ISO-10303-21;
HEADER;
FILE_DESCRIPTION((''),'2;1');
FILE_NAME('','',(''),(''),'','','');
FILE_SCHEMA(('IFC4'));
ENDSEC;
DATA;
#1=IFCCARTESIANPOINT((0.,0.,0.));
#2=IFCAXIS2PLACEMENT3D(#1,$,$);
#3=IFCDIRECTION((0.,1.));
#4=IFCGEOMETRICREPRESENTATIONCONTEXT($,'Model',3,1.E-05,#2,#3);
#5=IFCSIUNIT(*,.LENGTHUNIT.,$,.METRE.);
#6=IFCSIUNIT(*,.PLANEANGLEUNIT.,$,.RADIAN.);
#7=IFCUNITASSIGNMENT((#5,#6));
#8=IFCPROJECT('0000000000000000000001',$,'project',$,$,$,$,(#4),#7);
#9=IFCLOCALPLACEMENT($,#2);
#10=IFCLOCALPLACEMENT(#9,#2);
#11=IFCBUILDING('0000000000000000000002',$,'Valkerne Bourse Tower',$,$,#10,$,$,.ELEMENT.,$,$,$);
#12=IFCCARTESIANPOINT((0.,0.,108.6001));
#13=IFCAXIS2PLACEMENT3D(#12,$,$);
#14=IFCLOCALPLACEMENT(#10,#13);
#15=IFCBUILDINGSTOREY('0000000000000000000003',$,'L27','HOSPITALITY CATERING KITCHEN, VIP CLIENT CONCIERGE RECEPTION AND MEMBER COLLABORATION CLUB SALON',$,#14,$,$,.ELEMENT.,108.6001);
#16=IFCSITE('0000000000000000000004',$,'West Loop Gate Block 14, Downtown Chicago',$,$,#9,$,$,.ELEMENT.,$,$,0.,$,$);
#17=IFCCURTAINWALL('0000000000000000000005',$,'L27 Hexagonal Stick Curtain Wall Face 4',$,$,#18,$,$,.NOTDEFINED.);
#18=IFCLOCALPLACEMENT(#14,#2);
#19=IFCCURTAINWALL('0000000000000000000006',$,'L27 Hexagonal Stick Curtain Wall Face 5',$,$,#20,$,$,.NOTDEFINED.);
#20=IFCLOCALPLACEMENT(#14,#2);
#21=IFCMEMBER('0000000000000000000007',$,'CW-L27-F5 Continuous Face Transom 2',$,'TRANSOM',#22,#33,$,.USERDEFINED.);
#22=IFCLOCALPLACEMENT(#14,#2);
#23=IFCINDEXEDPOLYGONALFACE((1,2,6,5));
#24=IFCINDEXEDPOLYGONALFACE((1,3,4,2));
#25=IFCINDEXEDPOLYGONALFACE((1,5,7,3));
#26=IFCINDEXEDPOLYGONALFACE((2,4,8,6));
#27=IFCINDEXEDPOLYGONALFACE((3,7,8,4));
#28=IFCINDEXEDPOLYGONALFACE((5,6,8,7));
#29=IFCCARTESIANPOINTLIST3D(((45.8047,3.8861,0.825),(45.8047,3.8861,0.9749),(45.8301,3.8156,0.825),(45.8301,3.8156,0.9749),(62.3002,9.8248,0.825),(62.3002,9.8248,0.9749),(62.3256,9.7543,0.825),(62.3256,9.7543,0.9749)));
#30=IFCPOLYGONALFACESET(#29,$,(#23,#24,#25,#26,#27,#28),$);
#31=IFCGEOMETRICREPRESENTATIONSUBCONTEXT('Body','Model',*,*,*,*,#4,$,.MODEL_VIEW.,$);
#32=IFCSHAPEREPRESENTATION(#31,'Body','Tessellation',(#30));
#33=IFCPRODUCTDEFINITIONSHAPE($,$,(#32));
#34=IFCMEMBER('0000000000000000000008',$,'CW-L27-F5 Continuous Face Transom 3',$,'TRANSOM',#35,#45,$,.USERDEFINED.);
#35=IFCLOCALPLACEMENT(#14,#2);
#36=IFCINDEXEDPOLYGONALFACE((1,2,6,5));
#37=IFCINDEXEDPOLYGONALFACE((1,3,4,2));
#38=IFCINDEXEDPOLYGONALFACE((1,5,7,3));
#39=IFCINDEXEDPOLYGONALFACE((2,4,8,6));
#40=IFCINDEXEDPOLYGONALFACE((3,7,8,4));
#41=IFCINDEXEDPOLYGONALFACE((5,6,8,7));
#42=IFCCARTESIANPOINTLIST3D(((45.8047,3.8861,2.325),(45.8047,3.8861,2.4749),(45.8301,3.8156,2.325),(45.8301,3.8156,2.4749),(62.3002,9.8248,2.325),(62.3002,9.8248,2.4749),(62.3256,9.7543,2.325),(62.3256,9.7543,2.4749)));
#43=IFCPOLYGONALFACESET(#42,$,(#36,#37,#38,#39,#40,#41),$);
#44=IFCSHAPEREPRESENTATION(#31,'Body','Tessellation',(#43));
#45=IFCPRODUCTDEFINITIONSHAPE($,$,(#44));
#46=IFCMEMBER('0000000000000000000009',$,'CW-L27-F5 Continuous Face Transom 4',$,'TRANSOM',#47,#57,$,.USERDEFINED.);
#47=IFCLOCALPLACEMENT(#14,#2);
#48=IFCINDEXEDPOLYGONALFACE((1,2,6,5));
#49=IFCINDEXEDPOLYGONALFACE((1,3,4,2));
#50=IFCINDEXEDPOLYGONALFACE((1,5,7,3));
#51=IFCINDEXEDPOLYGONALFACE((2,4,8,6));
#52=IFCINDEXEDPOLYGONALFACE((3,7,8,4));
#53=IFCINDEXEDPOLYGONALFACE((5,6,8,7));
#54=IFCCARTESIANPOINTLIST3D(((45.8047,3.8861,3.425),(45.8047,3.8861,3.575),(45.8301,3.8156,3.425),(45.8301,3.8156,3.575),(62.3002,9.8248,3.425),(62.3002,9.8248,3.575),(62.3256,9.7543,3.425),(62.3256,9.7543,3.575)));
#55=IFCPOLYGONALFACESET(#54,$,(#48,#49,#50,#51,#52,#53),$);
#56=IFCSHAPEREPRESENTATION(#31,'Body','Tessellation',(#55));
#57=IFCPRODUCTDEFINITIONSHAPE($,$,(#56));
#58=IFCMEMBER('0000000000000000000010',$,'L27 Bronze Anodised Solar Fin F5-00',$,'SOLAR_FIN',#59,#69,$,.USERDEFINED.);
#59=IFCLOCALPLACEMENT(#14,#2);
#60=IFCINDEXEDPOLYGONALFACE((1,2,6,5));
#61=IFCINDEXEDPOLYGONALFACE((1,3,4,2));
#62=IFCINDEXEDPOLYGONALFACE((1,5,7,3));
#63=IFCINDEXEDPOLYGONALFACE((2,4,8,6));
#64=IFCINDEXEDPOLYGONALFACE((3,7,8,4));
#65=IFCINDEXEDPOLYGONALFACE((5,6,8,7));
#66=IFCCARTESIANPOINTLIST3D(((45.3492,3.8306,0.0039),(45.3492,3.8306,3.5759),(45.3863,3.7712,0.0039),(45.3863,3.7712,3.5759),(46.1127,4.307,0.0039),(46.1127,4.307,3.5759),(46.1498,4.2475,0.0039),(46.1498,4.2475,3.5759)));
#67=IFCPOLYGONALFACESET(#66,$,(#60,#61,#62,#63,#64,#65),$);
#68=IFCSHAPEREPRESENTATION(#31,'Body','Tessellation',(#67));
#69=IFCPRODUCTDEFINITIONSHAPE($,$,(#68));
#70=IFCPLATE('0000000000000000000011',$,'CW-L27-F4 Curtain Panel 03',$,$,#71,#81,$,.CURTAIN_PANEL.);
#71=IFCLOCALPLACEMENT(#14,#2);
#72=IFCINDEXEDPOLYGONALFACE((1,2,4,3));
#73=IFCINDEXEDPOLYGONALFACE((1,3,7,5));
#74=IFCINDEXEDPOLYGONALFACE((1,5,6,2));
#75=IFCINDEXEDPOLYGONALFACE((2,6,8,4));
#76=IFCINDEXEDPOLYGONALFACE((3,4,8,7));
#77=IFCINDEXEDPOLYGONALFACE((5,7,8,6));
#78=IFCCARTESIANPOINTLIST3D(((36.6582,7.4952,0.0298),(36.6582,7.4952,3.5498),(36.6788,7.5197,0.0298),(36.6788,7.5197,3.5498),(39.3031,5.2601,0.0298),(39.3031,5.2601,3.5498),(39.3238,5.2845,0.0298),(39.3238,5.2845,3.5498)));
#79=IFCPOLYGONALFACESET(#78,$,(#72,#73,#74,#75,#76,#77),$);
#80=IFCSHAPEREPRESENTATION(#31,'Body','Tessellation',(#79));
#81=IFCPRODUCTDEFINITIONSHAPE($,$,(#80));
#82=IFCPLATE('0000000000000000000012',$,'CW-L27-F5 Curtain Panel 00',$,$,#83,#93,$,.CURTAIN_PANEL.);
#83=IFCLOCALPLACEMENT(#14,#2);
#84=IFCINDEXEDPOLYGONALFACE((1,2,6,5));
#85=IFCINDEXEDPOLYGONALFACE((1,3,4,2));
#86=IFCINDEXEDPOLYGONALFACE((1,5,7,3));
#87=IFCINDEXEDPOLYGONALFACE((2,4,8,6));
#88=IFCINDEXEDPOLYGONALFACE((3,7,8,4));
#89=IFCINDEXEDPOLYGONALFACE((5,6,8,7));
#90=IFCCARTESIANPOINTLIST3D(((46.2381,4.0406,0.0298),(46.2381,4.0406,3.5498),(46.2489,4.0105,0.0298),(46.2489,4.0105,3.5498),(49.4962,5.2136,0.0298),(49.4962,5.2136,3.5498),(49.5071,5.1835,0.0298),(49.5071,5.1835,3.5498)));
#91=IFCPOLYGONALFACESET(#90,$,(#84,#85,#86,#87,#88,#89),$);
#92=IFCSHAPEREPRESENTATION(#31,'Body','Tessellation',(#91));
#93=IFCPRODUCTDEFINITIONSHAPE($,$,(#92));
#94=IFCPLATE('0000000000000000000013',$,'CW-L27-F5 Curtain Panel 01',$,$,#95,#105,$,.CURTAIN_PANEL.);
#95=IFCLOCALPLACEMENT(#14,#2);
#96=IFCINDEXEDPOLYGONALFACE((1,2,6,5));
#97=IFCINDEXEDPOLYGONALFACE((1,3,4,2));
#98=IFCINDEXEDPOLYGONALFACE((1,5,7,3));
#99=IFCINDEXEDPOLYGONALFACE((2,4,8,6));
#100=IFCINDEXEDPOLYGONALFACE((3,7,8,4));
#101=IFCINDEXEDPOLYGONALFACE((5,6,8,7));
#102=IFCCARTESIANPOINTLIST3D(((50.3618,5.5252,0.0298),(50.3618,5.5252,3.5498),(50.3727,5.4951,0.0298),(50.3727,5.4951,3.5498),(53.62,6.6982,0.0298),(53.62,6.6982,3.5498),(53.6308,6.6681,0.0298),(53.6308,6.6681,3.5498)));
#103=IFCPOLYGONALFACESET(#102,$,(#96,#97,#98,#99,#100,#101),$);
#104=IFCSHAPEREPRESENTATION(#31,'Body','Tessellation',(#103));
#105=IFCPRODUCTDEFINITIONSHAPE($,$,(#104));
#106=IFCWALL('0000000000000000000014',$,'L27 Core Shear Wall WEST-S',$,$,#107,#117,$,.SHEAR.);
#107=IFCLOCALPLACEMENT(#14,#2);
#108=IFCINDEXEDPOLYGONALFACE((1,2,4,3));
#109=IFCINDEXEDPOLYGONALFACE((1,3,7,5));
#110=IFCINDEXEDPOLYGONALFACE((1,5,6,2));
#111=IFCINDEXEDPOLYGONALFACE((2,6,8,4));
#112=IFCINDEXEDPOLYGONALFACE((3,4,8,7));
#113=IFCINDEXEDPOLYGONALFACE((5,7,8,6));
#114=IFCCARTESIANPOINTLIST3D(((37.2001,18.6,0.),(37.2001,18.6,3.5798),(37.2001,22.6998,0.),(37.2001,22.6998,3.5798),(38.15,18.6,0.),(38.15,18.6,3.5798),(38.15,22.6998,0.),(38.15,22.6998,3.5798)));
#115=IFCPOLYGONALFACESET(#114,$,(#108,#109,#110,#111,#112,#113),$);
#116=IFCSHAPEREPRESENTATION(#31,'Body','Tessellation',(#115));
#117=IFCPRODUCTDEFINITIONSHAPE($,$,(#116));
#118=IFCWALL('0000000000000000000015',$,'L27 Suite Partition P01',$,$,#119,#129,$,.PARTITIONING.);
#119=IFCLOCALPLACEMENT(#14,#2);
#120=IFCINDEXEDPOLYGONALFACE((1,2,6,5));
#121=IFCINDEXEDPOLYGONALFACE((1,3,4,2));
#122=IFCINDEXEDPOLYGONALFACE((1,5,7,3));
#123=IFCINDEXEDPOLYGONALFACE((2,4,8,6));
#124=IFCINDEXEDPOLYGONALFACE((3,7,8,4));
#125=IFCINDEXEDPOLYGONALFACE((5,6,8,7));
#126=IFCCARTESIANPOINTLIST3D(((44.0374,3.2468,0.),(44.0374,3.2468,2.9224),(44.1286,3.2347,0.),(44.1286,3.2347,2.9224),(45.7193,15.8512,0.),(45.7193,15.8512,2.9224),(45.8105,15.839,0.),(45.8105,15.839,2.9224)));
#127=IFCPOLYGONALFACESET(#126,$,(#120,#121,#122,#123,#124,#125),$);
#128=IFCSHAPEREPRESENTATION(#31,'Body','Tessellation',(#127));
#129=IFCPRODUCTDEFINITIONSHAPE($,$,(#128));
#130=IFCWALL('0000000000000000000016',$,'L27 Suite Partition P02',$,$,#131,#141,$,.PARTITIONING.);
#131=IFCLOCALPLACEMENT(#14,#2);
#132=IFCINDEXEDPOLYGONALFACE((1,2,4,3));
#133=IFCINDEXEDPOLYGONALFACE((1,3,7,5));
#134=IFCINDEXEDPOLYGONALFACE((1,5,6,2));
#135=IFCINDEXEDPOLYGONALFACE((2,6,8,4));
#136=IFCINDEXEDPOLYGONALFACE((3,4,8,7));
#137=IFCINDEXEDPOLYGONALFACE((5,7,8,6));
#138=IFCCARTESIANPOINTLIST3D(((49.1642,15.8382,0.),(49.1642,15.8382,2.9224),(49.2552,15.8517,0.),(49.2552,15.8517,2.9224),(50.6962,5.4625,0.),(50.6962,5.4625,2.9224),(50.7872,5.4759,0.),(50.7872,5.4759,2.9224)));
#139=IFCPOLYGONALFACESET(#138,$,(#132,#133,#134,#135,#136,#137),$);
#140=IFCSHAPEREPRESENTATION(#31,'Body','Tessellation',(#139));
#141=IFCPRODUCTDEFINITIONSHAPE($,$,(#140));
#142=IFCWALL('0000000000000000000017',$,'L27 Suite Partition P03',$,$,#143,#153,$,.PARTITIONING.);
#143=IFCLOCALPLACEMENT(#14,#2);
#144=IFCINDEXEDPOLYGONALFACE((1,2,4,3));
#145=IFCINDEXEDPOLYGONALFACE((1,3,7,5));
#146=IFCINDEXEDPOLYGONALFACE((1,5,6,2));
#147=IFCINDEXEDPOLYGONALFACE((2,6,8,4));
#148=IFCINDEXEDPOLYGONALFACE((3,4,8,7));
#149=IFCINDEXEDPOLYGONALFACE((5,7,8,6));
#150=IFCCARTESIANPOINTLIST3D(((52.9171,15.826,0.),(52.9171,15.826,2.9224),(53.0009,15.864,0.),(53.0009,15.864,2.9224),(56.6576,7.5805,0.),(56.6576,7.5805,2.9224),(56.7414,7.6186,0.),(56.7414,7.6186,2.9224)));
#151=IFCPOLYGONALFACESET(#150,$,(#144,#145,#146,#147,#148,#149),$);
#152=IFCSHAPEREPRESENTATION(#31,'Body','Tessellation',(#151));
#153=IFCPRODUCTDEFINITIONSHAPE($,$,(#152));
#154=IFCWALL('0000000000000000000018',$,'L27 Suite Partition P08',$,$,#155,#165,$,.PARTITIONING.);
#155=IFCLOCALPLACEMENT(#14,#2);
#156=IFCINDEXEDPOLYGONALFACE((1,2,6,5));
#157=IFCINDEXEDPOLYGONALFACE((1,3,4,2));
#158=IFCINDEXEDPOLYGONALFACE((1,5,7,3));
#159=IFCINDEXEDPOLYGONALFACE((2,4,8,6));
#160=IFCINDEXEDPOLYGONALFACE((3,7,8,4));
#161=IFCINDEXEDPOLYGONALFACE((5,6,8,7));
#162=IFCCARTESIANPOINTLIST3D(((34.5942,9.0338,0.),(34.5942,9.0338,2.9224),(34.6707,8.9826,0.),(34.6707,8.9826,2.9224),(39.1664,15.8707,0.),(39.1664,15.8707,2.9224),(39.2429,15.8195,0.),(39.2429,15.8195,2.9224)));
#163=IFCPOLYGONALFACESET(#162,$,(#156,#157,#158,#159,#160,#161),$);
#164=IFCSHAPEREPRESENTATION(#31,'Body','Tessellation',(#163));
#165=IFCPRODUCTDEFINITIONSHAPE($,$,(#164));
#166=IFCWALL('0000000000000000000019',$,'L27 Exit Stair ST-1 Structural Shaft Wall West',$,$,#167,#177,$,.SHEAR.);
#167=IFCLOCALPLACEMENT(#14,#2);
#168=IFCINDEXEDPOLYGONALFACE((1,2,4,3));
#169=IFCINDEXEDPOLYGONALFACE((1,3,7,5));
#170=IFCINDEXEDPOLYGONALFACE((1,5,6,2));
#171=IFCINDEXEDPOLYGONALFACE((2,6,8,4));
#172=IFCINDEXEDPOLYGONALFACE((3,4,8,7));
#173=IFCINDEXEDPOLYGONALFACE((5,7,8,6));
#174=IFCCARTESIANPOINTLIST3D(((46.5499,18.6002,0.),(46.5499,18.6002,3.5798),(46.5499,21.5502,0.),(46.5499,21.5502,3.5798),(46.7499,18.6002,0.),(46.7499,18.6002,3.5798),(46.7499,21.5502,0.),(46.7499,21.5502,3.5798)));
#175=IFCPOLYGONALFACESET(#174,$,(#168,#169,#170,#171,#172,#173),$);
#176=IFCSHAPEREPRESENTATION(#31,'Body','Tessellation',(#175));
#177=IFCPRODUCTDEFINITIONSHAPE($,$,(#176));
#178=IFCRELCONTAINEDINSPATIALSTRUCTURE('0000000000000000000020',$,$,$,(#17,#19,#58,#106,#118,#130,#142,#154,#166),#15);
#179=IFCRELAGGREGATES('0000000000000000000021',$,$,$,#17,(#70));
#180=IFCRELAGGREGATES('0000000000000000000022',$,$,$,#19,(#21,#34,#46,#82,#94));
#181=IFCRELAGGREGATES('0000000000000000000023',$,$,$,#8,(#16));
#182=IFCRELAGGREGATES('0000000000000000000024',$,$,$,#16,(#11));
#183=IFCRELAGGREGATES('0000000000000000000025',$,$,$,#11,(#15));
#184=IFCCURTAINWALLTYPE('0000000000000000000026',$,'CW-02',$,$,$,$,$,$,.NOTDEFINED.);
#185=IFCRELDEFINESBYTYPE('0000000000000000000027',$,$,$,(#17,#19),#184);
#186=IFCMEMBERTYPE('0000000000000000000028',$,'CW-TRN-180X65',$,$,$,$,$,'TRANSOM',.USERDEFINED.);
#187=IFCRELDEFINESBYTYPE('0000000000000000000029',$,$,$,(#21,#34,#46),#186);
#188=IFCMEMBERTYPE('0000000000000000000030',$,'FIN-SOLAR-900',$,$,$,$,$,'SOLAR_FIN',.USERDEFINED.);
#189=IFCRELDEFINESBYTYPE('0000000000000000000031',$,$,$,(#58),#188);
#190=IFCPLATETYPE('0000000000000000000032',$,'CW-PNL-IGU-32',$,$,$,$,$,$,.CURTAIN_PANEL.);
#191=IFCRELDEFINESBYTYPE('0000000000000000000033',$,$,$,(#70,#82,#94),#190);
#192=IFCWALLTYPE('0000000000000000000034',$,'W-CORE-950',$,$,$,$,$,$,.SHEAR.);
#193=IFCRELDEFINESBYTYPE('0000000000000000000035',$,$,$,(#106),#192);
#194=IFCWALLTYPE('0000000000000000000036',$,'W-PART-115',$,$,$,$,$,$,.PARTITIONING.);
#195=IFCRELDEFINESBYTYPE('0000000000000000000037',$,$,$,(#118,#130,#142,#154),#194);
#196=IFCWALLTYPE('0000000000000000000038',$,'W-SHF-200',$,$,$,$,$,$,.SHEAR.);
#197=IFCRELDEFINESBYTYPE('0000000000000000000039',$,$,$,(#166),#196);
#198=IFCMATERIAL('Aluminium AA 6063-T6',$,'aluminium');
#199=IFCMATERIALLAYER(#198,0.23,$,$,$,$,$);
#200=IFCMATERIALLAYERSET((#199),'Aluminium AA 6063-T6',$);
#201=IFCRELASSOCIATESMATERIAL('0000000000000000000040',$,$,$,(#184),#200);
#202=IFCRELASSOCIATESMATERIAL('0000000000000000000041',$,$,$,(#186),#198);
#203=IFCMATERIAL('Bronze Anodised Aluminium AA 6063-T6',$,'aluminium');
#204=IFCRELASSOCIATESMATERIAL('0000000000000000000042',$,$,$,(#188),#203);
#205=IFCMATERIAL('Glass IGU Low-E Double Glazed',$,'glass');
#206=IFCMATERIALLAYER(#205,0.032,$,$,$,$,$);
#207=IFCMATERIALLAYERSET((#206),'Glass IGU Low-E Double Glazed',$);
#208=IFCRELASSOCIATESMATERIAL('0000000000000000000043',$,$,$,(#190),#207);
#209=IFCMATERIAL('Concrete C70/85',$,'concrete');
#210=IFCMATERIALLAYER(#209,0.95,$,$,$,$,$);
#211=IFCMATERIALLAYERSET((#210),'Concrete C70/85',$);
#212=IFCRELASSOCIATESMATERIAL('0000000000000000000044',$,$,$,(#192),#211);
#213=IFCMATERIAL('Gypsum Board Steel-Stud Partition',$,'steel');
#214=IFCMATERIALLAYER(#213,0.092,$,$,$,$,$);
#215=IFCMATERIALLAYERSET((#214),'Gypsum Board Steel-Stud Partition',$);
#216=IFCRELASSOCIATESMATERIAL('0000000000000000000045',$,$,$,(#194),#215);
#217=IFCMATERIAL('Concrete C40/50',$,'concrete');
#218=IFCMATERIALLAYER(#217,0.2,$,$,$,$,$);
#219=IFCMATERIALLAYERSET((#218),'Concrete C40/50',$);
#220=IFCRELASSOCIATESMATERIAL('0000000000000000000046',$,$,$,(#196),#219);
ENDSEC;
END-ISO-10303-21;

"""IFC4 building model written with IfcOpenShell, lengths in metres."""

from ifc_helpers import new_model, si_unit, direction, frame, frame_2d, origin, origin_2d, place, context, subcontext, project, spatial, rectangle, extrude, material, layer, layer_set, material_profile, profile_set, type_object, element, aggregate, save


model = new_model("IFC4")

# Units and contexts
model_context = context("Model", 3, precision=1e-05, world=origin(), true_north=direction((0.0, 1.0)))
body_context = subcontext(model_context, "Body", "Model", "MODEL_VIEW")
ifc_project = project(units=[si_unit("LENGTHUNIT", "METRE"), si_unit("PLANEANGLEUNIT", "RADIAN")], contexts=[model_context])

# Site, building, storey
site_placement = place(None, origin())
site = spatial("IfcSite", under=ifc_project, at=site_placement, Name="West Loop Gate Block 14, Downtown Chicago", CompositionType="ELEMENT", RefElevation=0.0)
building_placement = place(site_placement, origin())
building = spatial("IfcBuilding", under=site, at=building_placement, Name="Valkerne Bourse Tower", CompositionType="ELEMENT")
storey_placement = place(building_placement, frame((0.0, 0.0, 108.6001)))
storey = spatial("IfcBuildingStorey", under=building, at=storey_placement, Name="L27", Description="HOSPITALITY CATERING KITCHEN, VIP CLIENT CONCIERGE RECEPTION AND MEMBER COLLABORATION CLUB SALON", CompositionType="ELEMENT", Elevation=108.6001)

# Curtain wall
ifc_material_1 = material(Name="Aluminium AA 6063-T6", Category="aluminium")
ifc_layer_1 = layer(ifc_material_1, 0.23)
ifc_layer_set_1 = layer_set([ifc_layer_1], Name="Aluminium AA 6063-T6")
curtain_wall_type = type_object("IfcCurtainWallType", Name="CW-02", PredefinedType="NOTDEFINED", material=ifc_layer_set_1)
curtain_wall_1_placement = place(storey_placement, origin())
curtain_wall_1 = element("IfcCurtainWall", 1, at=curtain_wall_1_placement, inside=storey, type_object=curtain_wall_type, Name="L27 Hexagonal Stick Curtain Wall Face 4", PredefinedType="NOTDEFINED")

# Curtain wall, members
curtain_wall_2_placement = place(storey_placement, origin())
curtain_wall_2 = element("IfcCurtainWall", 2, at=curtain_wall_2_placement, inside=storey, type_object=curtain_wall_type, Name="L27 Hexagonal Stick Curtain Wall Face 5", PredefinedType="NOTDEFINED")
ifc_material_profile_1 = material_profile(ifc_material_1, rectangle(XDim=0.075, YDim=0.1499, at=origin_2d()), Name="CWT-75X150")
ifc_profile_set_1 = profile_set([ifc_material_profile_1], Name="Aluminium AA 6063-T6")
member_type_1 = type_object("IfcMemberType", Name="CW-TRN-180X65", ElementType="TRANSOM", PredefinedType="USERDEFINED", material=ifc_profile_set_1)
member_1_placement = place(storey_placement, frame((45.8174, 3.8508, 0.8999), z_axis=(0.940882, 0.338735, 0.0), x_axis=(-0.338735, 0.940882, 0.0)))
member_1 = element("IfcMember", 3, at=member_1_placement, type_object=member_type_1, Name="CW-L27-F5 Continuous Face Transom 2", ObjectType="TRANSOM", PredefinedType="USERDEFINED", context=body_context, shape_type="SweptSolid", body=[
    extrude(rectangle(XDim=0.075, YDim=0.1499, at=origin_2d()), origin(), (0.0, 0.0, 1.0), 17.532),
])
member_2_placement = place(storey_placement, frame((45.8174, 3.8508, 2.3999), z_axis=(0.940882, 0.338735, 0.0), x_axis=(-0.338735, 0.940882, 0.0)))
member_2 = element("IfcMember", 4, at=member_2_placement, type_object=member_type_1, Name="CW-L27-F5 Continuous Face Transom 3", ObjectType="TRANSOM", PredefinedType="USERDEFINED", context=body_context, shape_type="SweptSolid", body=[
    extrude(rectangle(XDim=0.075, YDim=0.1499, at=origin_2d()), origin(), (0.0, 0.0, 1.0), 17.532),
])
member_3_placement = place(storey_placement, frame((45.8174, 3.8508, 3.5), z_axis=(0.940882, 0.338735, 0.0), x_axis=(-0.338735, 0.940882, 0.0)))
member_3 = element("IfcMember", 5, at=member_3_placement, type_object=member_type_1, Name="CW-L27-F5 Continuous Face Transom 4", ObjectType="TRANSOM", PredefinedType="USERDEFINED", context=body_context, shape_type="SweptSolid", body=[
    extrude(rectangle(XDim=0.075, YDim=0.1499, at=origin_2d()), origin(), (0.0, 0.0, 1.0), 17.532),
])

# Member
ifc_material_2 = material(Name="Bronze Anodised Aluminium AA 6063-T6", Category="aluminium")
ifc_material_profile_2 = material_profile(ifc_material_2, rectangle(XDim=0.0701, YDim=0.8999, at=origin_2d()), Name="FIN-70X900")
ifc_profile_set_2 = profile_set([ifc_material_profile_2], Name="Bronze Anodised Aluminium AA 6063-T6")
member_type_2 = type_object("IfcMemberType", Name="FIN-SOLAR-900", ElementType="SOLAR_FIN", PredefinedType="USERDEFINED", material=ifc_profile_set_2)
member_4_placement = place(storey_placement, frame((45.7495, 4.0391, 0.0039), z_axis=(0.0, 0.0, 1.0), x_axis=(0.52934, -0.848409, 0.0)))
element("IfcMember", 6, at=member_4_placement, inside=storey, type_object=member_type_2, Name="L27 Bronze Anodised Solar Fin F5-00", ObjectType="SOLAR_FIN", PredefinedType="USERDEFINED", context=body_context, shape_type="SweptSolid", body=[
    extrude(rectangle(XDim=0.0701, YDim=0.8999, at=origin_2d()), origin(), (0.0, 0.0, 1.0), 3.572),
])

# Plates
ifc_material_3 = material(Name="Glass IGU Low-E Double Glazed", Category="glass")
ifc_layer_2 = layer(ifc_material_3, 0.032)
ifc_layer_set_2 = layer_set([ifc_layer_2], Name="Glass IGU Low-E Double Glazed")
plate_type = type_object("IfcPlateType", Name="CW-PNL-IGU-32", PredefinedType="CURTAIN_PANEL", material=ifc_layer_set_2)
plate_1_placement = place(storey_placement, frame((37.991, 6.3899, 0.0298), z_axis=(0.0, 0.0, 1.0), x_axis=(0.763799, -0.645454, 0.0)))
plate_1 = element("IfcPlate", 7, at=plate_1_placement, type_object=plate_type, Name="CW-L27-F4 Curtain Panel 03", PredefinedType="CURTAIN_PANEL", context=body_context, shape_type="SweptSolid", body=[
    extrude(rectangle(XDim=3.4629, YDim=0.032, at=origin_2d()), origin(), (0.0, 0.0, 1.0), 3.52),
])
aggregate(curtain_wall_1, [plate_1])
plate_2_placement = place(storey_placement, frame((47.8726, 4.6121, 0.0298), z_axis=(0.0, 0.0, 1.0), x_axis=(0.94088, 0.338739, 0.0)))
plate_2 = element("IfcPlate", 8, at=plate_2_placement, type_object=plate_type, Name="CW-L27-F5 Curtain Panel 00", PredefinedType="CURTAIN_PANEL", context=body_context, shape_type="SweptSolid", body=[
    extrude(rectangle(XDim=3.4629, YDim=0.032, at=origin_2d()), origin(), (0.0, 0.0, 1.0), 3.52),
])
plate_3_placement = place(storey_placement, frame((51.9963, 6.0967, 0.0298), z_axis=(0.0, 0.0, 1.0), x_axis=(0.94088, 0.338739, 0.0)))
plate_3 = element("IfcPlate", 9, at=plate_3_placement, type_object=plate_type, Name="CW-L27-F5 Curtain Panel 01", PredefinedType="CURTAIN_PANEL", context=body_context, shape_type="SweptSolid", body=[
    extrude(rectangle(XDim=3.4629, YDim=0.032, at=origin_2d()), origin(), (0.0, 0.0, 1.0), 3.52),
])
aggregate(curtain_wall_2, [member_1, member_2, member_3, plate_2, plate_3])

# Walls
ifc_material_4 = material(Name="Concrete C70/85", Category="concrete")
ifc_layer_3 = layer(ifc_material_4, 0.95)
ifc_layer_set_3 = layer_set([ifc_layer_3], Name="Concrete C70/85")
wall_type_1 = type_object("IfcWallType", Name="W-CORE-950", PredefinedType="SHEAR", material=ifc_layer_set_3)
wall_1_placement = place(storey_placement, frame((37.675, 18.6001, 0.0), z_axis=(0.0, 0.0, 1.0), x_axis=(0.0, 1.0, 0.0)))
element("IfcWall", 10, at=wall_1_placement, inside=storey, type_object=wall_type_1, Name="L27 Core Shear Wall WEST-S", PredefinedType="SHEAR", context=body_context, shape_type="SweptSolid", body=[
    extrude(rectangle(XDim=4.0999, YDim=0.95, at=frame_2d((2.0498, 0.0))), origin(), (0.0, 0.0, 1.0), 3.5798),
])
ifc_material_5 = material(Name="Gypsum Board Steel-Stud Partition", Category="steel")
ifc_layer_4 = layer(ifc_material_5, 0.092)
ifc_layer_set_4 = layer_set([ifc_layer_4], Name="Gypsum Board Steel-Stud Partition")
wall_type_2 = type_object("IfcWallType", Name="W-PART-115", PredefinedType="PARTITIONING", material=ifc_layer_set_4)
wall_2_placement = place(storey_placement, frame((45.7649, 15.845, 0.0), z_axis=(0.0, 0.0, 1.0), x_axis=(-0.132266, -0.991214, 0.0)))
element("IfcWall", 11, at=wall_2_placement, inside=storey, type_object=wall_type_2, Name="L27 Suite Partition P01", PredefinedType="PARTITIONING", context=body_context, shape_type="SweptSolid", body=[
    extrude(rectangle(XDim=12.7161, YDim=0.092, at=frame_2d((6.3579, 0.0))), origin(), (0.0, 0.0, 1.0), 2.9224),
])
wall_3_placement = place(storey_placement, frame((49.2097, 15.845, 0.0), z_axis=(0.0, 0.0, 1.0), x_axis=(0.146067, -0.989275, 0.0)))
element("IfcWall", 12, at=wall_3_placement, inside=storey, type_object=wall_type_2, Name="L27 Suite Partition P02", PredefinedType="PARTITIONING", context=body_context, shape_type="SweptSolid", body=[
    extrude(rectangle(XDim=10.4883, YDim=0.092, at=frame_2d((5.2441, 0.0))), origin(), (0.0, 0.0, 1.0), 2.9224),
])
wall_4_placement = place(storey_placement, frame((52.959, 15.845, 0.0), z_axis=(0.0, 0.0, 1.0), x_axis=(0.413124, -0.910675, 0.0)))
element("IfcWall", 13, at=wall_4_placement, inside=storey, type_object=wall_type_2, Name="L27 Suite Partition P03", PredefinedType="PARTITIONING", context=body_context, shape_type="SweptSolid", body=[
    extrude(rectangle(XDim=9.0542, YDim=0.092, at=frame_2d((4.5271, 0.0))), origin(), (0.0, 0.0, 1.0), 2.9224),
])
wall_5_placement = place(storey_placement, frame((39.2046, 15.845, 0.0), z_axis=(0.0, 0.0, 1.0), x_axis=(-0.555905, -0.831246, 0.0)))
element("IfcWall", 14, at=wall_5_placement, inside=storey, type_object=wall_type_2, Name="L27 Suite Partition P08", PredefinedType="PARTITIONING", context=body_context, shape_type="SweptSolid", body=[
    extrude(rectangle(XDim=8.2249, YDim=0.092, at=frame_2d((4.1123, 0.0))), origin(), (0.0, 0.0, 1.0), 2.9224),
])
ifc_material_6 = material(Name="Concrete C40/50", Category="concrete")
ifc_layer_5 = layer(ifc_material_6, 0.2)
ifc_layer_set_5 = layer_set([ifc_layer_5], Name="Concrete C40/50")
wall_type_3 = type_object("IfcWallType", Name="W-SHF-200", PredefinedType="SHEAR", material=ifc_layer_set_5)
wall_6_placement = place(storey_placement, frame((46.6499, 18.6001, 0.0), z_axis=(0.0, 0.0, 1.0), x_axis=(0.0, 1.0, 0.0)))
element("IfcWall", 15, at=wall_6_placement, inside=storey, type_object=wall_type_3, Name="L27 Exit Stair ST-1 Structural Shaft Wall West", PredefinedType="SHEAR", context=body_context, shape_type="SweptSolid", body=[
    extrude(rectangle(XDim=2.95, YDim=0.2, at=frame_2d((1.4751, 0.0))), origin(), (0.0, 0.0, 1.0), 3.5798),
])

save(model, "model.ifc")
